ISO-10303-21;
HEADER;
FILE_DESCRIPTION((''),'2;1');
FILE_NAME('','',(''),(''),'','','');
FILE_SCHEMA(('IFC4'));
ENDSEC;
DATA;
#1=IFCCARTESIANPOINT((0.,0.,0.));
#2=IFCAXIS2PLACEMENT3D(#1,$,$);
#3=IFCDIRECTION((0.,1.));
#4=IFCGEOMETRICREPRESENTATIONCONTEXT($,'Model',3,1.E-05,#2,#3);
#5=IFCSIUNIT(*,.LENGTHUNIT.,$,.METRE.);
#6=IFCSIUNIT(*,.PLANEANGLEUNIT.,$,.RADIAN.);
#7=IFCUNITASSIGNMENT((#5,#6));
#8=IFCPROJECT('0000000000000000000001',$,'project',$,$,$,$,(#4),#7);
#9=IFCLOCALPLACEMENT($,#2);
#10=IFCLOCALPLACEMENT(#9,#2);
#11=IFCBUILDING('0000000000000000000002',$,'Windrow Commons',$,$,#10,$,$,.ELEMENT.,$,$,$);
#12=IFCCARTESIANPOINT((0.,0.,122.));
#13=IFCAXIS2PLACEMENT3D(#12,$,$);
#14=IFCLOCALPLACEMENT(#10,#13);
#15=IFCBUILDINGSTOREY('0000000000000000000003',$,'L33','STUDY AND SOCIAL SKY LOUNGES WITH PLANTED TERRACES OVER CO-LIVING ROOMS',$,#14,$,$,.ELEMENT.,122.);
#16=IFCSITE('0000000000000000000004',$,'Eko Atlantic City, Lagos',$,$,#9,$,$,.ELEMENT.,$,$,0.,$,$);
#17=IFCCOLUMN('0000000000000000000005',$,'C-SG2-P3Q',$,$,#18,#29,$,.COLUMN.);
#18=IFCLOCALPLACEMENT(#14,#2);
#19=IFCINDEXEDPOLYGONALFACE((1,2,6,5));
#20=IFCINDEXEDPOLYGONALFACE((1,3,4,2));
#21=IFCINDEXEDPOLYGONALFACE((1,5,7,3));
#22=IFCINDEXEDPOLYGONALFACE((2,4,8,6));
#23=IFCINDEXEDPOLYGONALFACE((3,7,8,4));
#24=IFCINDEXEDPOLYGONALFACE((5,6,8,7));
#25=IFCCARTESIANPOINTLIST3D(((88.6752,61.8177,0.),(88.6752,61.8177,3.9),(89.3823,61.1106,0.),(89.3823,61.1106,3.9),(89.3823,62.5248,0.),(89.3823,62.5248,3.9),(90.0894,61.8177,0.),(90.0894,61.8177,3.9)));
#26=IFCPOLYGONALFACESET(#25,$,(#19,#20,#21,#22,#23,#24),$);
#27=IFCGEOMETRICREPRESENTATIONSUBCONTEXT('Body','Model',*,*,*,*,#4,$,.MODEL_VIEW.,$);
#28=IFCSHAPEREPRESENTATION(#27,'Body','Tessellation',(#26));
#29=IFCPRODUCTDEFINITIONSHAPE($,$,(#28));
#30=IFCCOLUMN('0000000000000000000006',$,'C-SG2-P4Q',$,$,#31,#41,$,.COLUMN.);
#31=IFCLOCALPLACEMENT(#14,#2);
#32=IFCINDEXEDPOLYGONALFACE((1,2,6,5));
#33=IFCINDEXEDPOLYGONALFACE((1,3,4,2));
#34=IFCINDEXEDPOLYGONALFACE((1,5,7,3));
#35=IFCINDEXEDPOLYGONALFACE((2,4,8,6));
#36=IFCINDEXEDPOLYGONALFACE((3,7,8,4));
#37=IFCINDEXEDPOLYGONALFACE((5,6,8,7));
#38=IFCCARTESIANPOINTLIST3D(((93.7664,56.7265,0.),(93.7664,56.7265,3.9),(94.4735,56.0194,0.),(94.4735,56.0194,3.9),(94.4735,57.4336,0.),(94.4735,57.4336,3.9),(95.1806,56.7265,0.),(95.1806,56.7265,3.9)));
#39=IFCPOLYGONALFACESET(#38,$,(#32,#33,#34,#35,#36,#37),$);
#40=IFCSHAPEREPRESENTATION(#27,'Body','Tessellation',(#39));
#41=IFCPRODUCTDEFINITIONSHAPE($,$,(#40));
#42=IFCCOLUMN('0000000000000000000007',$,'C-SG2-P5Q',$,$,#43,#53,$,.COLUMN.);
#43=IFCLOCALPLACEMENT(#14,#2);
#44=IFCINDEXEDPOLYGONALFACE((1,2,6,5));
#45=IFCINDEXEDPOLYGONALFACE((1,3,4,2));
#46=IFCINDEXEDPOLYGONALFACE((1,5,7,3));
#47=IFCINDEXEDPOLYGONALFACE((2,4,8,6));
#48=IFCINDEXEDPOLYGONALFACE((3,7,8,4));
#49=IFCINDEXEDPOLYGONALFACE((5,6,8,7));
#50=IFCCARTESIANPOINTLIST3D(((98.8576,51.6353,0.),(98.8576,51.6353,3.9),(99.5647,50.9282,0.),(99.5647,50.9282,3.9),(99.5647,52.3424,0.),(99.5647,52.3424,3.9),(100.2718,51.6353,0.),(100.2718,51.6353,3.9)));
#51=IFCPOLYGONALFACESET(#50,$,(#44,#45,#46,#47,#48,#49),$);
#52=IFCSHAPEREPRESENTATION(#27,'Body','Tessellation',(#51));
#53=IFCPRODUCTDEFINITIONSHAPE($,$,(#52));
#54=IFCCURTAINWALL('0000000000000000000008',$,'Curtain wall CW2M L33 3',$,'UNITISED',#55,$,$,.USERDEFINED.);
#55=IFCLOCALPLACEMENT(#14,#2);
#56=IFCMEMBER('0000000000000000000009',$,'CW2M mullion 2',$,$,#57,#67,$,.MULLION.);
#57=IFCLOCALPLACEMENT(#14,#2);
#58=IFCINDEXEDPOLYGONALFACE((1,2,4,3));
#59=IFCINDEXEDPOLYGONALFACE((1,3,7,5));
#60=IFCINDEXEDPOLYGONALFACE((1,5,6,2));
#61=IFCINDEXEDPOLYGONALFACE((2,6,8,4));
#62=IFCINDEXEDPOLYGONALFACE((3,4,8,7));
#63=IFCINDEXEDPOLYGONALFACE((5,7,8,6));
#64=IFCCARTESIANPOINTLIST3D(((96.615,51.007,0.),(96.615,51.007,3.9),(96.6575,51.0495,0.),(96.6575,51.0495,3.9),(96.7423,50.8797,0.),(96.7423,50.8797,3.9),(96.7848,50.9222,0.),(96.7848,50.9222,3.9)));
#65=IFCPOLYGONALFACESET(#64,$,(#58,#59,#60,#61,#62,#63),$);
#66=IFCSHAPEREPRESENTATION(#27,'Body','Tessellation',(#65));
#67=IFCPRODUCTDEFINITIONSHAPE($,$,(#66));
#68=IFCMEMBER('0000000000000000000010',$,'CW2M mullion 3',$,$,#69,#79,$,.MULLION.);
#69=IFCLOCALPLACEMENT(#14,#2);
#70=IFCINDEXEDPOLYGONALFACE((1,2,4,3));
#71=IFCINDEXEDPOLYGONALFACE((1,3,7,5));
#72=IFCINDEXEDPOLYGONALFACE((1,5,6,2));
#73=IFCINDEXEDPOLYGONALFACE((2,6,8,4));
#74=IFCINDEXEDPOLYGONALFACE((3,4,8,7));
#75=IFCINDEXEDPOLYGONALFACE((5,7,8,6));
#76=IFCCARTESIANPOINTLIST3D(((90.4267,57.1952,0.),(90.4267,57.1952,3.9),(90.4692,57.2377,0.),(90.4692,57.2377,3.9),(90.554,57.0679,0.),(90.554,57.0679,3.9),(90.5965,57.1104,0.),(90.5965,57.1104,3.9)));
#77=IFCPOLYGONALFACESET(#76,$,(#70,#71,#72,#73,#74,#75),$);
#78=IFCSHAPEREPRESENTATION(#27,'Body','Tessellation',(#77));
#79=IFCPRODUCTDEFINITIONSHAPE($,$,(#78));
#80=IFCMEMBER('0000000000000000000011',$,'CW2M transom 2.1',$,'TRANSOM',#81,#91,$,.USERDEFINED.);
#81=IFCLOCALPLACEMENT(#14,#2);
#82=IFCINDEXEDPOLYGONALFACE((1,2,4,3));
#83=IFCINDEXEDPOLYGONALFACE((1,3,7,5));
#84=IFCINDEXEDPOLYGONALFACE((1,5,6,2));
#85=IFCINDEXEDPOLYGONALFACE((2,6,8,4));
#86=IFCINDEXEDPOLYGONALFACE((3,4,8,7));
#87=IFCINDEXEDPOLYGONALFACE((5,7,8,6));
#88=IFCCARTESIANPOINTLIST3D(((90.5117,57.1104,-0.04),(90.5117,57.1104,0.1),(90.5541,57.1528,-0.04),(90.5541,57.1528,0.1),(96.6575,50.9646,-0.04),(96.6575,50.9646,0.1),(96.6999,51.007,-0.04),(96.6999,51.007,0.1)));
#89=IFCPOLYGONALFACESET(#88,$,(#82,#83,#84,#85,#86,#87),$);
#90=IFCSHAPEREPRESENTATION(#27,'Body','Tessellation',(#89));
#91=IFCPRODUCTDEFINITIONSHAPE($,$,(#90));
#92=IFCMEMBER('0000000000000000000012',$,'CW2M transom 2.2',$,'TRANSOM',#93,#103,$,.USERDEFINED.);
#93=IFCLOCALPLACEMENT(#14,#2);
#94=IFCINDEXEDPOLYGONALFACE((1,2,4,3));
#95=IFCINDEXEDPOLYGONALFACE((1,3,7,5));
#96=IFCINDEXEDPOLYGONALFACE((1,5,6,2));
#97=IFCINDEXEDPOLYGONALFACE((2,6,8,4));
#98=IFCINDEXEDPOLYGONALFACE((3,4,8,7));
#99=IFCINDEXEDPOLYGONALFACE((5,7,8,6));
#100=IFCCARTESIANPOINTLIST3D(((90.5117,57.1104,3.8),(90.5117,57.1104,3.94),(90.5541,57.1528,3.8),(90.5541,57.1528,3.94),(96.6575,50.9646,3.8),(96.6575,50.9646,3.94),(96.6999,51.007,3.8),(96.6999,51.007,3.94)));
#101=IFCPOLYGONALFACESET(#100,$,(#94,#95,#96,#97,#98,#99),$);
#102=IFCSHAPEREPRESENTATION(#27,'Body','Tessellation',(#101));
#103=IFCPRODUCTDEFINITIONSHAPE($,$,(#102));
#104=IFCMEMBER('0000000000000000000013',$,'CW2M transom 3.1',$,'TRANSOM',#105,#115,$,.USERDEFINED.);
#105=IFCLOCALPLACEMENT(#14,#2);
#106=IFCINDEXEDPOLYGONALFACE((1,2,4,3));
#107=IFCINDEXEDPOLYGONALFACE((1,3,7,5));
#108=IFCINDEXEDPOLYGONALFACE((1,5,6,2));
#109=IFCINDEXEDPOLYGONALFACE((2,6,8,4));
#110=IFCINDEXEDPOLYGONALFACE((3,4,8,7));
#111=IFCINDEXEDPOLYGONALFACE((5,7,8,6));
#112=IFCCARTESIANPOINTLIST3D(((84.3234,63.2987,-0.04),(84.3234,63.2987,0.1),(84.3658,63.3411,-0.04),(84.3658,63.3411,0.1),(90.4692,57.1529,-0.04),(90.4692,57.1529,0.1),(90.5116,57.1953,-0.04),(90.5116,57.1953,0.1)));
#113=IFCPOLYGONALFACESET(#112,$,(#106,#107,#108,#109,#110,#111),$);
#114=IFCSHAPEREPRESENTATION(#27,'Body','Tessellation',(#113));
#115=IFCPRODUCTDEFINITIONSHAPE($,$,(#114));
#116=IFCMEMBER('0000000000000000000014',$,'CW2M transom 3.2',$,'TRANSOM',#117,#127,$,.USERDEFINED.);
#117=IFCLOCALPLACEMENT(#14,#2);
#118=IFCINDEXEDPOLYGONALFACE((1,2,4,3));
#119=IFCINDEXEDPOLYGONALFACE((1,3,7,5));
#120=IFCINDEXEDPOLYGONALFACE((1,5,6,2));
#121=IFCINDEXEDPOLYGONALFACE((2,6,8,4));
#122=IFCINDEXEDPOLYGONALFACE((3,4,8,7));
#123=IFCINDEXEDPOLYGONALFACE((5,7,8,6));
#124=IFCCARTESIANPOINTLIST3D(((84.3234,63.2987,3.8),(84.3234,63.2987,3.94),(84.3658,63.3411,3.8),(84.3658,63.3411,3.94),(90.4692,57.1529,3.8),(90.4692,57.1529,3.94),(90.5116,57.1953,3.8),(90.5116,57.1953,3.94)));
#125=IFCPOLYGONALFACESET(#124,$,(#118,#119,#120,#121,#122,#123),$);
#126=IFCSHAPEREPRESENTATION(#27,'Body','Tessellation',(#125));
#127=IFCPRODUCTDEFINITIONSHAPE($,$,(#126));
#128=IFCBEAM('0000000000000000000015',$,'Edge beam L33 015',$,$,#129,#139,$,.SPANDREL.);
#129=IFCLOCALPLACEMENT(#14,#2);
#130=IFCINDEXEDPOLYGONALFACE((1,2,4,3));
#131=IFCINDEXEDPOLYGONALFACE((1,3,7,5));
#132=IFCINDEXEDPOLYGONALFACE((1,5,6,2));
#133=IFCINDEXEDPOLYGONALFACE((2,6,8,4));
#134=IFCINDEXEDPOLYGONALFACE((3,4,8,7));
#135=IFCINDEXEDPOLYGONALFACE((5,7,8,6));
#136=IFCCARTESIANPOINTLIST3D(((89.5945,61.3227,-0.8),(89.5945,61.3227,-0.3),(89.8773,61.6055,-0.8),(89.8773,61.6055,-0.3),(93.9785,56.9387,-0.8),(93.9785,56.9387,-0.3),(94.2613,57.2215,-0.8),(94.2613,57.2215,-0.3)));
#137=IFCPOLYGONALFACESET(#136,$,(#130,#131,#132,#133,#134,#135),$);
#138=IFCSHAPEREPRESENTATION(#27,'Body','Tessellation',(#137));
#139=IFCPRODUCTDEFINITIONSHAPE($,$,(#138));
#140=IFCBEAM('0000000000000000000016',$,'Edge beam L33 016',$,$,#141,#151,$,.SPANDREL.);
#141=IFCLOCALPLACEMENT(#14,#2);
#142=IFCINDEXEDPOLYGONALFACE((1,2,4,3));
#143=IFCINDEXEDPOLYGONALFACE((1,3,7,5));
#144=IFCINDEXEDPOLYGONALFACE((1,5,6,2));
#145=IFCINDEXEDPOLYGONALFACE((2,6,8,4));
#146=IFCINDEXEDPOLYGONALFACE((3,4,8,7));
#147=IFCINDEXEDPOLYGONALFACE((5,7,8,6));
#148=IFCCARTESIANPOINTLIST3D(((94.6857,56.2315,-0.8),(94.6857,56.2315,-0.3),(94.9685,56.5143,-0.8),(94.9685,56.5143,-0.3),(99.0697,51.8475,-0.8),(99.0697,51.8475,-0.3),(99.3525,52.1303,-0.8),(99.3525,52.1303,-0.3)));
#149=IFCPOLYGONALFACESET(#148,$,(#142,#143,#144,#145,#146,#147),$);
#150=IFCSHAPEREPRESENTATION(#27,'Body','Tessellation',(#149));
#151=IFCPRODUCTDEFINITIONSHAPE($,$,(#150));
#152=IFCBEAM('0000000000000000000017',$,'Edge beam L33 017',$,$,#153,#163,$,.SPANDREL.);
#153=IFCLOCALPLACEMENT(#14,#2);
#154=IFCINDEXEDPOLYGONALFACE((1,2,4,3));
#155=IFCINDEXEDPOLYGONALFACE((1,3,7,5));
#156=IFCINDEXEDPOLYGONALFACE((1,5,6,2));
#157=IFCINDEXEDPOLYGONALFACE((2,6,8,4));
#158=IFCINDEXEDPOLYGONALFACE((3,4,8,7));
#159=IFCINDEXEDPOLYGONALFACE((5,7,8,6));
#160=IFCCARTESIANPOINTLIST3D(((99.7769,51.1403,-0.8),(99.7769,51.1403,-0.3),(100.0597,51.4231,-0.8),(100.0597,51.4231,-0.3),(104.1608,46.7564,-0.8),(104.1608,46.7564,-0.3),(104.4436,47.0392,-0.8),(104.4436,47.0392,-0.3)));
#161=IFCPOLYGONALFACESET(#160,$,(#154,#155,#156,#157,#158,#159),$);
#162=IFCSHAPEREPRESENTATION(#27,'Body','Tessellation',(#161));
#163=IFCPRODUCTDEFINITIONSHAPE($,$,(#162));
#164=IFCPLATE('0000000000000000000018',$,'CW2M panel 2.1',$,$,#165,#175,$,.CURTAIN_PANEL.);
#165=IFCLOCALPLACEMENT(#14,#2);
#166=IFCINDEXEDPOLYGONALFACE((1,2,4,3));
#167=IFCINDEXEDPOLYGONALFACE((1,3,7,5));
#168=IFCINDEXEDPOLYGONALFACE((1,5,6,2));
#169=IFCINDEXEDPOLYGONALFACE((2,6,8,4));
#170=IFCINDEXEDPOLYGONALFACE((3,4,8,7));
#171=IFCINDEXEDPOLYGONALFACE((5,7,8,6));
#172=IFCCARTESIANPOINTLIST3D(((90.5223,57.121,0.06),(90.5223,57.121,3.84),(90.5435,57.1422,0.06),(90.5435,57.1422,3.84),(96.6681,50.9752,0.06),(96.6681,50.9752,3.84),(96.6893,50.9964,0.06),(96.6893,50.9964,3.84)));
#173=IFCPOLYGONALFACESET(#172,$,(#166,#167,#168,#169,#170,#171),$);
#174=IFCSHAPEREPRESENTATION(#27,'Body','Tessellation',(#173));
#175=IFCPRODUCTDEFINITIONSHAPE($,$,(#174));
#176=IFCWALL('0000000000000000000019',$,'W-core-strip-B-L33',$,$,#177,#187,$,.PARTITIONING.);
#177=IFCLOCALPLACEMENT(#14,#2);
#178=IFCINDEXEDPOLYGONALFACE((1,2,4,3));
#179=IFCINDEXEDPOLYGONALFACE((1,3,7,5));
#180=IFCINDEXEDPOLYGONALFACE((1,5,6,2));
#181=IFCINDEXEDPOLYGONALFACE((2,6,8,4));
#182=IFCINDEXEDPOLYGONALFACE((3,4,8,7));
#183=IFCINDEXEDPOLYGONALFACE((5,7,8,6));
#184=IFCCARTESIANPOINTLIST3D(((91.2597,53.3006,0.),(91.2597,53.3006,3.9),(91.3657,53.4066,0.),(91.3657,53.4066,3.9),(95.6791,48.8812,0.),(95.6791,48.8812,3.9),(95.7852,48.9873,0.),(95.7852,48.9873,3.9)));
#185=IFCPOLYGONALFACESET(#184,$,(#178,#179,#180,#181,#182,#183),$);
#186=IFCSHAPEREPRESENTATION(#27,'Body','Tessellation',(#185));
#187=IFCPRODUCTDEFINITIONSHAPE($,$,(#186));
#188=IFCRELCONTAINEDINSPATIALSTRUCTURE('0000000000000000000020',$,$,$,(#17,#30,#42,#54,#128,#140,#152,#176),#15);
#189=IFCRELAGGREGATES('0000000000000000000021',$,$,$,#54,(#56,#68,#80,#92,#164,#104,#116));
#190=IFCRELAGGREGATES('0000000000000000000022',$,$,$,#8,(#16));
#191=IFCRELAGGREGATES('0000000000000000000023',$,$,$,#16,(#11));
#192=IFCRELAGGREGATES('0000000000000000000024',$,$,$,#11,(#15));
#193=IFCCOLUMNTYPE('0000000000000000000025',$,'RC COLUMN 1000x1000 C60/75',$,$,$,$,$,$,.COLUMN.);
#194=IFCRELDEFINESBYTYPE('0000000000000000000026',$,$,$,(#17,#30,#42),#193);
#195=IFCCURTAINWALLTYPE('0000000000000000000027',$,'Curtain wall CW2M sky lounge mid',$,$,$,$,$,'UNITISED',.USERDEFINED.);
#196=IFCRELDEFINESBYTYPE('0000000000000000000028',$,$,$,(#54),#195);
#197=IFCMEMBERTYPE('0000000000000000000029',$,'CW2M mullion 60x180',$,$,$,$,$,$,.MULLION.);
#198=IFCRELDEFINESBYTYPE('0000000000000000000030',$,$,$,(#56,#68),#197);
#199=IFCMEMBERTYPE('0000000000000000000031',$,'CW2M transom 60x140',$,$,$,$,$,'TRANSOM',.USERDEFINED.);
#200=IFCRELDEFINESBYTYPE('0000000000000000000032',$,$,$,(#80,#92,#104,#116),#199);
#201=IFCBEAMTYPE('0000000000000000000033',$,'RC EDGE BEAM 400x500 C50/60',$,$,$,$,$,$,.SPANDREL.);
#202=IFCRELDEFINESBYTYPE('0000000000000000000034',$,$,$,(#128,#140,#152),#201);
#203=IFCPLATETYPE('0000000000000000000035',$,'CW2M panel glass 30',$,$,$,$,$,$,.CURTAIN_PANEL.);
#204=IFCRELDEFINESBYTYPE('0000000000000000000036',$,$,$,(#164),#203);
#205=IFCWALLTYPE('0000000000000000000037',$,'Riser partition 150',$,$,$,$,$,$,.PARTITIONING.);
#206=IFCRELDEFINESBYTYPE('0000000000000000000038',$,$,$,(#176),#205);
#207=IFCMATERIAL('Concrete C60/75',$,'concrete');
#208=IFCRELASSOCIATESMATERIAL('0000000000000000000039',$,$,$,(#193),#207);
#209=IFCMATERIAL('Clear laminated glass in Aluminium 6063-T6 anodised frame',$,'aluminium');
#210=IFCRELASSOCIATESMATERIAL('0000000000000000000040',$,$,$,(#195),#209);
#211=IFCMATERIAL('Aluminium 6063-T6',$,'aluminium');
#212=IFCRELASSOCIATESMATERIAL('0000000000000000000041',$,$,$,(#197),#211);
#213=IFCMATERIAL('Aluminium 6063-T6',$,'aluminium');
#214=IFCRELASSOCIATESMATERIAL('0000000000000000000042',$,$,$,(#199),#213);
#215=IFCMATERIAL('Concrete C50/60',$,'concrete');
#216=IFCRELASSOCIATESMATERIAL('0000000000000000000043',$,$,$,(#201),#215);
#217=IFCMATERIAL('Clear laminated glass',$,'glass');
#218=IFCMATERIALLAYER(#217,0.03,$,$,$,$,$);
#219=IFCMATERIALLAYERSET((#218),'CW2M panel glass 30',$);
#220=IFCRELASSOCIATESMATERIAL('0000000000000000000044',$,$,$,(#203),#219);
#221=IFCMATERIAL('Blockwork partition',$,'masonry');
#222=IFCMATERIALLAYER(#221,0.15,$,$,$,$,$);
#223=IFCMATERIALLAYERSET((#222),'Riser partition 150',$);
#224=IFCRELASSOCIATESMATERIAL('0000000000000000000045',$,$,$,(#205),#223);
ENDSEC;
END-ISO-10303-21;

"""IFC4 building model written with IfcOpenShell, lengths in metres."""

from ifc_helpers import new_model, si_unit, direction, frame, frame_2d, origin, origin_2d, place, context, subcontext, project, spatial, rectangle, extrude, material, layer, layer_set, material_profile, profile_set, type_object, element, aggregate, save


model = new_model("IFC4")

# Units and contexts
model_context = context("Model", 3, precision=1e-05, world=origin(), true_north=direction((0.0, 1.0)))
body_context = subcontext(model_context, "Body", "Model", "MODEL_VIEW")
ifc_project = project(units=[si_unit("LENGTHUNIT", "METRE"), si_unit("PLANEANGLEUNIT", "RADIAN")], contexts=[model_context])

# Site, building, storey
site_placement = place(None, origin())
site = spatial("IfcSite", under=ifc_project, at=site_placement, Name="Eko Atlantic City, Lagos", CompositionType="ELEMENT", RefElevation=0.0)
building_placement = place(site_placement, origin())
building = spatial("IfcBuilding", under=site, at=building_placement, Name="Windrow Commons", CompositionType="ELEMENT")
storey_placement = place(building_placement, frame((0.0, 0.0, 122.0)))
storey = spatial("IfcBuildingStorey", under=building, at=storey_placement, Name="L33", Description="STUDY AND SOCIAL SKY LOUNGES WITH PLANTED TERRACES OVER CO-LIVING ROOMS", CompositionType="ELEMENT", Elevation=122.0)

# Columns
ifc_material_1 = material(Name="Concrete C60/75", Category="concrete")
ifc_material_profile_1 = material_profile(ifc_material_1, rectangle(XDim=1.0, YDim=1.0, at=origin_2d()))
ifc_profile_set_1 = profile_set([ifc_material_profile_1], Name="Concrete C60/75")
column_type = type_object("IfcColumnType", Name="RC COLUMN 1000x1000 C60/75", PredefinedType="COLUMN", material=ifc_profile_set_1)
for number, where, z_axis, x_axis, name in (
    (1, (89.3823, 61.8177, 0.0), (0.0, 0.0, 1.0), (0.707107, -0.707107, 0.0), "C-SG2-P3Q"),
    (2, (94.4735, 56.7265, 0.0), (0.0, 0.0, 1.0), (0.707107, -0.707107, 0.0), "C-SG2-P4Q"),
    (3, (99.5647, 51.6353, 0.0), (0.0, 0.0, 1.0), (0.707107, -0.707107, 0.0), "C-SG2-P5Q"),
):
    element("IfcColumn", number, at=place(storey_placement, frame(where, z_axis=z_axis, x_axis=x_axis)), inside=storey, type_object=column_type, Name=name, PredefinedType="COLUMN", context=body_context, shape_type="SweptSolid", body=[
        extrude(rectangle(XDim=1.0, YDim=1.0, at=origin_2d()), origin(), (0.0, 0.0, 1.0), 3.9),
    ])

# Curtain wall, members
ifc_material_2 = material(Name="Clear laminated glass in Aluminium 6063-T6 anodised frame", Category="aluminium")
curtain_wall_type = type_object("IfcCurtainWallType", Name="Curtain wall CW2M sky lounge mid", ElementType="UNITISED", PredefinedType="USERDEFINED", material=ifc_material_2)
placement = place(storey_placement, origin())
curtain_wall = element("IfcCurtainWall", 4, at=placement, inside=storey, type_object=curtain_wall_type, Name="Curtain wall CW2M L33 3", ObjectType="UNITISED", PredefinedType="USERDEFINED")
ifc_material_3 = material(Name="Aluminium 6063-T6", Category="aluminium")
ifc_material_profile_2 = material_profile(ifc_material_3, rectangle(XDim=0.06, YDim=0.18, at=origin_2d()))
ifc_profile_set_2 = profile_set([ifc_material_profile_2], Name="Aluminium 6063-T6")
member_type_1 = type_object("IfcMemberType", Name="CW2M mullion 60x180", PredefinedType="MULLION", material=ifc_profile_set_2)
member_1_placement = place(storey_placement, frame((96.6999, 50.9646, 0.0), z_axis=(0.0, 0.0, 1.0), x_axis=(-0.707107, -0.707107, 0.0)))
member_1 = element("IfcMember", 5, at=member_1_placement, type_object=member_type_1, Name="CW2M mullion 2", PredefinedType="MULLION", context=body_context, shape_type="SweptSolid", body=[
    extrude(rectangle(XDim=0.06, YDim=0.18, at=origin_2d()), origin(), (0.0, 0.0, 1.0), 3.9),
])
member_2_placement = place(storey_placement, frame((90.5116, 57.1528, 0.0), z_axis=(0.0, 0.0, 1.0), x_axis=(-0.707107, -0.707107, 0.0)))
member_2 = element("IfcMember", 6, at=member_2_placement, type_object=member_type_1, Name="CW2M mullion 3", PredefinedType="MULLION", context=body_context, shape_type="SweptSolid", body=[
    extrude(rectangle(XDim=0.06, YDim=0.18, at=origin_2d()), origin(), (0.0, 0.0, 1.0), 3.9),
])
ifc_material_4 = material(Name="Aluminium 6063-T6", Category="aluminium")
ifc_material_profile_3 = material_profile(ifc_material_4, rectangle(XDim=0.06, YDim=0.14, at=origin_2d()))
ifc_profile_set_3 = profile_set([ifc_material_profile_3], Name="Aluminium 6063-T6")
member_type_2 = type_object("IfcMemberType", Name="CW2M transom 60x140", ElementType="TRANSOM", PredefinedType="USERDEFINED", material=ifc_profile_set_3)
member_3_placement = place(storey_placement, frame((96.6787, 50.9858, 0.03), z_axis=(-0.707107, 0.707107, 0.0), x_axis=(-0.707107, -0.707107, 0.0)))
member_3 = element("IfcMember", 7, at=member_3_placement, type_object=member_type_2, Name="CW2M transom 2.1", ObjectType="TRANSOM", PredefinedType="USERDEFINED", context=body_context, shape_type="SweptSolid", body=[
    extrude(rectangle(XDim=0.06, YDim=0.14, at=origin_2d()), origin(), (0.0, 0.0, 1.0), 8.6915),
])
member_4_placement = place(storey_placement, frame((96.6787, 50.9858, 3.87), z_axis=(-0.707107, 0.707107, 0.0), x_axis=(-0.707107, -0.707107, 0.0)))
member_4 = element("IfcMember", 8, at=member_4_placement, type_object=member_type_2, Name="CW2M transom 2.2", ObjectType="TRANSOM", PredefinedType="USERDEFINED", context=body_context, shape_type="SweptSolid", body=[
    extrude(rectangle(XDim=0.06, YDim=0.14, at=origin_2d()), origin(), (0.0, 0.0, 1.0), 8.6915),
])
member_5_placement = place(storey_placement, frame((90.4904, 57.1741, 0.03), z_axis=(-0.707107, 0.707107, 0.0), x_axis=(-0.707107, -0.707107, 0.0)))
member_5 = element("IfcMember", 9, at=member_5_placement, type_object=member_type_2, Name="CW2M transom 3.1", ObjectType="TRANSOM", PredefinedType="USERDEFINED", context=body_context, shape_type="SweptSolid", body=[
    extrude(rectangle(XDim=0.06, YDim=0.14, at=origin_2d()), origin(), (0.0, 0.0, 1.0), 8.6915),
])
member_6_placement = place(storey_placement, frame((90.4904, 57.1741, 3.87), z_axis=(-0.707107, 0.707107, 0.0), x_axis=(-0.707107, -0.707107, 0.0)))
member_6 = element("IfcMember", 10, at=member_6_placement, type_object=member_type_2, Name="CW2M transom 3.2", ObjectType="TRANSOM", PredefinedType="USERDEFINED", context=body_context, shape_type="SweptSolid", body=[
    extrude(rectangle(XDim=0.06, YDim=0.14, at=origin_2d()), origin(), (0.0, 0.0, 1.0), 8.6915),
])

# Beams
ifc_material_5 = material(Name="Concrete C50/60", Category="concrete")
ifc_material_profile_4 = material_profile(ifc_material_5, rectangle(XDim=0.4, YDim=0.5, at=origin_2d()))
ifc_profile_set_4 = profile_set([ifc_material_profile_4], Name="Concrete C50/60")
beam_type = type_object("IfcBeamType", Name="RC EDGE BEAM 400x500 C50/60", PredefinedType="SPANDREL", material=ifc_profile_set_4)
for number, where, z_axis, x_axis, name in (
    (11, (89.7359, 61.4641, -0.55), (0.707107, -0.707107, 0.0), (0.707107, 0.707107, 0.0), "Edge beam L33 015"),
    (12, (94.8271, 56.3729, -0.55), (0.707107, -0.707107, 0.0), (0.707107, 0.707107, 0.0), "Edge beam L33 016"),
):
    element("IfcBeam", number, at=place(storey_placement, frame(where, z_axis=z_axis, x_axis=x_axis)), inside=storey, type_object=beam_type, Name=name, PredefinedType="SPANDREL", context=body_context, shape_type="SweptSolid", body=[
        extrude(rectangle(XDim=0.4, YDim=0.5, at=origin_2d()), origin(), (0.0, 0.0, 1.0), 6.1999),
    ])
beam_placement = place(storey_placement, frame((99.9183, 51.2817, -0.55), z_axis=(0.707107, -0.707107, 0.0), x_axis=(0.707107, 0.707107, 0.0)))
element("IfcBeam", 13, at=beam_placement, inside=storey, type_object=beam_type, Name="Edge beam L33 017", PredefinedType="SPANDREL", context=body_context, shape_type="SweptSolid", body=[
    extrude(rectangle(XDim=0.4, YDim=0.5, at=origin_2d()), origin(), (0.0, 0.0, 1.0), 6.1998),
])

# Plate
ifc_material_6 = material(Name="Clear laminated glass", Category="glass")
ifc_layer_1 = layer(ifc_material_6, 0.03)
ifc_layer_set_1 = layer_set([ifc_layer_1], Name="CW2M panel glass 30")
plate_type = type_object("IfcPlateType", Name="CW2M panel glass 30", PredefinedType="CURTAIN_PANEL", material=ifc_layer_set_1)
plate_placement = place(storey_placement, frame((93.6058, 54.0587, 0.06), z_axis=(0.0, 0.0, 1.0), x_axis=(-0.707107, 0.707107, 0.0)))
plate = element("IfcPlate", 14, at=plate_placement, type_object=plate_type, Name="CW2M panel 2.1", PredefinedType="CURTAIN_PANEL", context=body_context, shape_type="SweptSolid", body=[
    extrude(rectangle(XDim=8.6915, YDim=0.03, at=origin_2d()), origin(), (0.0, 0.0, 1.0), 3.78),
])
aggregate(curtain_wall, [member_1, member_2, member_3, member_4, plate, member_5, member_6])

# Wall
ifc_material_7 = material(Name="Blockwork partition", Category="masonry")
ifc_layer_2 = layer(ifc_material_7, 0.15)
ifc_layer_set_2 = layer_set([ifc_layer_2], Name="Riser partition 150")
wall_type = type_object("IfcWallType", Name="Riser partition 150", PredefinedType="PARTITIONING", material=ifc_layer_set_2)
wall_placement = place(storey_placement, frame((91.3127, 53.3536, 0.0), z_axis=(0.0, 0.0, 1.0), x_axis=(0.707115, -0.707099, 0.0)))
element("IfcWall", 15, at=wall_placement, inside=storey, type_object=wall_type, Name="W-core-strip-B-L33", PredefinedType="PARTITIONING", context=body_context, shape_type="SweptSolid", body=[
    extrude(rectangle(XDim=6.25, YDim=0.15, at=frame_2d((3.125, 0.0))), origin(), (0.0, 0.0, 1.0), 3.9),
])

save(model, "model.ifc")
